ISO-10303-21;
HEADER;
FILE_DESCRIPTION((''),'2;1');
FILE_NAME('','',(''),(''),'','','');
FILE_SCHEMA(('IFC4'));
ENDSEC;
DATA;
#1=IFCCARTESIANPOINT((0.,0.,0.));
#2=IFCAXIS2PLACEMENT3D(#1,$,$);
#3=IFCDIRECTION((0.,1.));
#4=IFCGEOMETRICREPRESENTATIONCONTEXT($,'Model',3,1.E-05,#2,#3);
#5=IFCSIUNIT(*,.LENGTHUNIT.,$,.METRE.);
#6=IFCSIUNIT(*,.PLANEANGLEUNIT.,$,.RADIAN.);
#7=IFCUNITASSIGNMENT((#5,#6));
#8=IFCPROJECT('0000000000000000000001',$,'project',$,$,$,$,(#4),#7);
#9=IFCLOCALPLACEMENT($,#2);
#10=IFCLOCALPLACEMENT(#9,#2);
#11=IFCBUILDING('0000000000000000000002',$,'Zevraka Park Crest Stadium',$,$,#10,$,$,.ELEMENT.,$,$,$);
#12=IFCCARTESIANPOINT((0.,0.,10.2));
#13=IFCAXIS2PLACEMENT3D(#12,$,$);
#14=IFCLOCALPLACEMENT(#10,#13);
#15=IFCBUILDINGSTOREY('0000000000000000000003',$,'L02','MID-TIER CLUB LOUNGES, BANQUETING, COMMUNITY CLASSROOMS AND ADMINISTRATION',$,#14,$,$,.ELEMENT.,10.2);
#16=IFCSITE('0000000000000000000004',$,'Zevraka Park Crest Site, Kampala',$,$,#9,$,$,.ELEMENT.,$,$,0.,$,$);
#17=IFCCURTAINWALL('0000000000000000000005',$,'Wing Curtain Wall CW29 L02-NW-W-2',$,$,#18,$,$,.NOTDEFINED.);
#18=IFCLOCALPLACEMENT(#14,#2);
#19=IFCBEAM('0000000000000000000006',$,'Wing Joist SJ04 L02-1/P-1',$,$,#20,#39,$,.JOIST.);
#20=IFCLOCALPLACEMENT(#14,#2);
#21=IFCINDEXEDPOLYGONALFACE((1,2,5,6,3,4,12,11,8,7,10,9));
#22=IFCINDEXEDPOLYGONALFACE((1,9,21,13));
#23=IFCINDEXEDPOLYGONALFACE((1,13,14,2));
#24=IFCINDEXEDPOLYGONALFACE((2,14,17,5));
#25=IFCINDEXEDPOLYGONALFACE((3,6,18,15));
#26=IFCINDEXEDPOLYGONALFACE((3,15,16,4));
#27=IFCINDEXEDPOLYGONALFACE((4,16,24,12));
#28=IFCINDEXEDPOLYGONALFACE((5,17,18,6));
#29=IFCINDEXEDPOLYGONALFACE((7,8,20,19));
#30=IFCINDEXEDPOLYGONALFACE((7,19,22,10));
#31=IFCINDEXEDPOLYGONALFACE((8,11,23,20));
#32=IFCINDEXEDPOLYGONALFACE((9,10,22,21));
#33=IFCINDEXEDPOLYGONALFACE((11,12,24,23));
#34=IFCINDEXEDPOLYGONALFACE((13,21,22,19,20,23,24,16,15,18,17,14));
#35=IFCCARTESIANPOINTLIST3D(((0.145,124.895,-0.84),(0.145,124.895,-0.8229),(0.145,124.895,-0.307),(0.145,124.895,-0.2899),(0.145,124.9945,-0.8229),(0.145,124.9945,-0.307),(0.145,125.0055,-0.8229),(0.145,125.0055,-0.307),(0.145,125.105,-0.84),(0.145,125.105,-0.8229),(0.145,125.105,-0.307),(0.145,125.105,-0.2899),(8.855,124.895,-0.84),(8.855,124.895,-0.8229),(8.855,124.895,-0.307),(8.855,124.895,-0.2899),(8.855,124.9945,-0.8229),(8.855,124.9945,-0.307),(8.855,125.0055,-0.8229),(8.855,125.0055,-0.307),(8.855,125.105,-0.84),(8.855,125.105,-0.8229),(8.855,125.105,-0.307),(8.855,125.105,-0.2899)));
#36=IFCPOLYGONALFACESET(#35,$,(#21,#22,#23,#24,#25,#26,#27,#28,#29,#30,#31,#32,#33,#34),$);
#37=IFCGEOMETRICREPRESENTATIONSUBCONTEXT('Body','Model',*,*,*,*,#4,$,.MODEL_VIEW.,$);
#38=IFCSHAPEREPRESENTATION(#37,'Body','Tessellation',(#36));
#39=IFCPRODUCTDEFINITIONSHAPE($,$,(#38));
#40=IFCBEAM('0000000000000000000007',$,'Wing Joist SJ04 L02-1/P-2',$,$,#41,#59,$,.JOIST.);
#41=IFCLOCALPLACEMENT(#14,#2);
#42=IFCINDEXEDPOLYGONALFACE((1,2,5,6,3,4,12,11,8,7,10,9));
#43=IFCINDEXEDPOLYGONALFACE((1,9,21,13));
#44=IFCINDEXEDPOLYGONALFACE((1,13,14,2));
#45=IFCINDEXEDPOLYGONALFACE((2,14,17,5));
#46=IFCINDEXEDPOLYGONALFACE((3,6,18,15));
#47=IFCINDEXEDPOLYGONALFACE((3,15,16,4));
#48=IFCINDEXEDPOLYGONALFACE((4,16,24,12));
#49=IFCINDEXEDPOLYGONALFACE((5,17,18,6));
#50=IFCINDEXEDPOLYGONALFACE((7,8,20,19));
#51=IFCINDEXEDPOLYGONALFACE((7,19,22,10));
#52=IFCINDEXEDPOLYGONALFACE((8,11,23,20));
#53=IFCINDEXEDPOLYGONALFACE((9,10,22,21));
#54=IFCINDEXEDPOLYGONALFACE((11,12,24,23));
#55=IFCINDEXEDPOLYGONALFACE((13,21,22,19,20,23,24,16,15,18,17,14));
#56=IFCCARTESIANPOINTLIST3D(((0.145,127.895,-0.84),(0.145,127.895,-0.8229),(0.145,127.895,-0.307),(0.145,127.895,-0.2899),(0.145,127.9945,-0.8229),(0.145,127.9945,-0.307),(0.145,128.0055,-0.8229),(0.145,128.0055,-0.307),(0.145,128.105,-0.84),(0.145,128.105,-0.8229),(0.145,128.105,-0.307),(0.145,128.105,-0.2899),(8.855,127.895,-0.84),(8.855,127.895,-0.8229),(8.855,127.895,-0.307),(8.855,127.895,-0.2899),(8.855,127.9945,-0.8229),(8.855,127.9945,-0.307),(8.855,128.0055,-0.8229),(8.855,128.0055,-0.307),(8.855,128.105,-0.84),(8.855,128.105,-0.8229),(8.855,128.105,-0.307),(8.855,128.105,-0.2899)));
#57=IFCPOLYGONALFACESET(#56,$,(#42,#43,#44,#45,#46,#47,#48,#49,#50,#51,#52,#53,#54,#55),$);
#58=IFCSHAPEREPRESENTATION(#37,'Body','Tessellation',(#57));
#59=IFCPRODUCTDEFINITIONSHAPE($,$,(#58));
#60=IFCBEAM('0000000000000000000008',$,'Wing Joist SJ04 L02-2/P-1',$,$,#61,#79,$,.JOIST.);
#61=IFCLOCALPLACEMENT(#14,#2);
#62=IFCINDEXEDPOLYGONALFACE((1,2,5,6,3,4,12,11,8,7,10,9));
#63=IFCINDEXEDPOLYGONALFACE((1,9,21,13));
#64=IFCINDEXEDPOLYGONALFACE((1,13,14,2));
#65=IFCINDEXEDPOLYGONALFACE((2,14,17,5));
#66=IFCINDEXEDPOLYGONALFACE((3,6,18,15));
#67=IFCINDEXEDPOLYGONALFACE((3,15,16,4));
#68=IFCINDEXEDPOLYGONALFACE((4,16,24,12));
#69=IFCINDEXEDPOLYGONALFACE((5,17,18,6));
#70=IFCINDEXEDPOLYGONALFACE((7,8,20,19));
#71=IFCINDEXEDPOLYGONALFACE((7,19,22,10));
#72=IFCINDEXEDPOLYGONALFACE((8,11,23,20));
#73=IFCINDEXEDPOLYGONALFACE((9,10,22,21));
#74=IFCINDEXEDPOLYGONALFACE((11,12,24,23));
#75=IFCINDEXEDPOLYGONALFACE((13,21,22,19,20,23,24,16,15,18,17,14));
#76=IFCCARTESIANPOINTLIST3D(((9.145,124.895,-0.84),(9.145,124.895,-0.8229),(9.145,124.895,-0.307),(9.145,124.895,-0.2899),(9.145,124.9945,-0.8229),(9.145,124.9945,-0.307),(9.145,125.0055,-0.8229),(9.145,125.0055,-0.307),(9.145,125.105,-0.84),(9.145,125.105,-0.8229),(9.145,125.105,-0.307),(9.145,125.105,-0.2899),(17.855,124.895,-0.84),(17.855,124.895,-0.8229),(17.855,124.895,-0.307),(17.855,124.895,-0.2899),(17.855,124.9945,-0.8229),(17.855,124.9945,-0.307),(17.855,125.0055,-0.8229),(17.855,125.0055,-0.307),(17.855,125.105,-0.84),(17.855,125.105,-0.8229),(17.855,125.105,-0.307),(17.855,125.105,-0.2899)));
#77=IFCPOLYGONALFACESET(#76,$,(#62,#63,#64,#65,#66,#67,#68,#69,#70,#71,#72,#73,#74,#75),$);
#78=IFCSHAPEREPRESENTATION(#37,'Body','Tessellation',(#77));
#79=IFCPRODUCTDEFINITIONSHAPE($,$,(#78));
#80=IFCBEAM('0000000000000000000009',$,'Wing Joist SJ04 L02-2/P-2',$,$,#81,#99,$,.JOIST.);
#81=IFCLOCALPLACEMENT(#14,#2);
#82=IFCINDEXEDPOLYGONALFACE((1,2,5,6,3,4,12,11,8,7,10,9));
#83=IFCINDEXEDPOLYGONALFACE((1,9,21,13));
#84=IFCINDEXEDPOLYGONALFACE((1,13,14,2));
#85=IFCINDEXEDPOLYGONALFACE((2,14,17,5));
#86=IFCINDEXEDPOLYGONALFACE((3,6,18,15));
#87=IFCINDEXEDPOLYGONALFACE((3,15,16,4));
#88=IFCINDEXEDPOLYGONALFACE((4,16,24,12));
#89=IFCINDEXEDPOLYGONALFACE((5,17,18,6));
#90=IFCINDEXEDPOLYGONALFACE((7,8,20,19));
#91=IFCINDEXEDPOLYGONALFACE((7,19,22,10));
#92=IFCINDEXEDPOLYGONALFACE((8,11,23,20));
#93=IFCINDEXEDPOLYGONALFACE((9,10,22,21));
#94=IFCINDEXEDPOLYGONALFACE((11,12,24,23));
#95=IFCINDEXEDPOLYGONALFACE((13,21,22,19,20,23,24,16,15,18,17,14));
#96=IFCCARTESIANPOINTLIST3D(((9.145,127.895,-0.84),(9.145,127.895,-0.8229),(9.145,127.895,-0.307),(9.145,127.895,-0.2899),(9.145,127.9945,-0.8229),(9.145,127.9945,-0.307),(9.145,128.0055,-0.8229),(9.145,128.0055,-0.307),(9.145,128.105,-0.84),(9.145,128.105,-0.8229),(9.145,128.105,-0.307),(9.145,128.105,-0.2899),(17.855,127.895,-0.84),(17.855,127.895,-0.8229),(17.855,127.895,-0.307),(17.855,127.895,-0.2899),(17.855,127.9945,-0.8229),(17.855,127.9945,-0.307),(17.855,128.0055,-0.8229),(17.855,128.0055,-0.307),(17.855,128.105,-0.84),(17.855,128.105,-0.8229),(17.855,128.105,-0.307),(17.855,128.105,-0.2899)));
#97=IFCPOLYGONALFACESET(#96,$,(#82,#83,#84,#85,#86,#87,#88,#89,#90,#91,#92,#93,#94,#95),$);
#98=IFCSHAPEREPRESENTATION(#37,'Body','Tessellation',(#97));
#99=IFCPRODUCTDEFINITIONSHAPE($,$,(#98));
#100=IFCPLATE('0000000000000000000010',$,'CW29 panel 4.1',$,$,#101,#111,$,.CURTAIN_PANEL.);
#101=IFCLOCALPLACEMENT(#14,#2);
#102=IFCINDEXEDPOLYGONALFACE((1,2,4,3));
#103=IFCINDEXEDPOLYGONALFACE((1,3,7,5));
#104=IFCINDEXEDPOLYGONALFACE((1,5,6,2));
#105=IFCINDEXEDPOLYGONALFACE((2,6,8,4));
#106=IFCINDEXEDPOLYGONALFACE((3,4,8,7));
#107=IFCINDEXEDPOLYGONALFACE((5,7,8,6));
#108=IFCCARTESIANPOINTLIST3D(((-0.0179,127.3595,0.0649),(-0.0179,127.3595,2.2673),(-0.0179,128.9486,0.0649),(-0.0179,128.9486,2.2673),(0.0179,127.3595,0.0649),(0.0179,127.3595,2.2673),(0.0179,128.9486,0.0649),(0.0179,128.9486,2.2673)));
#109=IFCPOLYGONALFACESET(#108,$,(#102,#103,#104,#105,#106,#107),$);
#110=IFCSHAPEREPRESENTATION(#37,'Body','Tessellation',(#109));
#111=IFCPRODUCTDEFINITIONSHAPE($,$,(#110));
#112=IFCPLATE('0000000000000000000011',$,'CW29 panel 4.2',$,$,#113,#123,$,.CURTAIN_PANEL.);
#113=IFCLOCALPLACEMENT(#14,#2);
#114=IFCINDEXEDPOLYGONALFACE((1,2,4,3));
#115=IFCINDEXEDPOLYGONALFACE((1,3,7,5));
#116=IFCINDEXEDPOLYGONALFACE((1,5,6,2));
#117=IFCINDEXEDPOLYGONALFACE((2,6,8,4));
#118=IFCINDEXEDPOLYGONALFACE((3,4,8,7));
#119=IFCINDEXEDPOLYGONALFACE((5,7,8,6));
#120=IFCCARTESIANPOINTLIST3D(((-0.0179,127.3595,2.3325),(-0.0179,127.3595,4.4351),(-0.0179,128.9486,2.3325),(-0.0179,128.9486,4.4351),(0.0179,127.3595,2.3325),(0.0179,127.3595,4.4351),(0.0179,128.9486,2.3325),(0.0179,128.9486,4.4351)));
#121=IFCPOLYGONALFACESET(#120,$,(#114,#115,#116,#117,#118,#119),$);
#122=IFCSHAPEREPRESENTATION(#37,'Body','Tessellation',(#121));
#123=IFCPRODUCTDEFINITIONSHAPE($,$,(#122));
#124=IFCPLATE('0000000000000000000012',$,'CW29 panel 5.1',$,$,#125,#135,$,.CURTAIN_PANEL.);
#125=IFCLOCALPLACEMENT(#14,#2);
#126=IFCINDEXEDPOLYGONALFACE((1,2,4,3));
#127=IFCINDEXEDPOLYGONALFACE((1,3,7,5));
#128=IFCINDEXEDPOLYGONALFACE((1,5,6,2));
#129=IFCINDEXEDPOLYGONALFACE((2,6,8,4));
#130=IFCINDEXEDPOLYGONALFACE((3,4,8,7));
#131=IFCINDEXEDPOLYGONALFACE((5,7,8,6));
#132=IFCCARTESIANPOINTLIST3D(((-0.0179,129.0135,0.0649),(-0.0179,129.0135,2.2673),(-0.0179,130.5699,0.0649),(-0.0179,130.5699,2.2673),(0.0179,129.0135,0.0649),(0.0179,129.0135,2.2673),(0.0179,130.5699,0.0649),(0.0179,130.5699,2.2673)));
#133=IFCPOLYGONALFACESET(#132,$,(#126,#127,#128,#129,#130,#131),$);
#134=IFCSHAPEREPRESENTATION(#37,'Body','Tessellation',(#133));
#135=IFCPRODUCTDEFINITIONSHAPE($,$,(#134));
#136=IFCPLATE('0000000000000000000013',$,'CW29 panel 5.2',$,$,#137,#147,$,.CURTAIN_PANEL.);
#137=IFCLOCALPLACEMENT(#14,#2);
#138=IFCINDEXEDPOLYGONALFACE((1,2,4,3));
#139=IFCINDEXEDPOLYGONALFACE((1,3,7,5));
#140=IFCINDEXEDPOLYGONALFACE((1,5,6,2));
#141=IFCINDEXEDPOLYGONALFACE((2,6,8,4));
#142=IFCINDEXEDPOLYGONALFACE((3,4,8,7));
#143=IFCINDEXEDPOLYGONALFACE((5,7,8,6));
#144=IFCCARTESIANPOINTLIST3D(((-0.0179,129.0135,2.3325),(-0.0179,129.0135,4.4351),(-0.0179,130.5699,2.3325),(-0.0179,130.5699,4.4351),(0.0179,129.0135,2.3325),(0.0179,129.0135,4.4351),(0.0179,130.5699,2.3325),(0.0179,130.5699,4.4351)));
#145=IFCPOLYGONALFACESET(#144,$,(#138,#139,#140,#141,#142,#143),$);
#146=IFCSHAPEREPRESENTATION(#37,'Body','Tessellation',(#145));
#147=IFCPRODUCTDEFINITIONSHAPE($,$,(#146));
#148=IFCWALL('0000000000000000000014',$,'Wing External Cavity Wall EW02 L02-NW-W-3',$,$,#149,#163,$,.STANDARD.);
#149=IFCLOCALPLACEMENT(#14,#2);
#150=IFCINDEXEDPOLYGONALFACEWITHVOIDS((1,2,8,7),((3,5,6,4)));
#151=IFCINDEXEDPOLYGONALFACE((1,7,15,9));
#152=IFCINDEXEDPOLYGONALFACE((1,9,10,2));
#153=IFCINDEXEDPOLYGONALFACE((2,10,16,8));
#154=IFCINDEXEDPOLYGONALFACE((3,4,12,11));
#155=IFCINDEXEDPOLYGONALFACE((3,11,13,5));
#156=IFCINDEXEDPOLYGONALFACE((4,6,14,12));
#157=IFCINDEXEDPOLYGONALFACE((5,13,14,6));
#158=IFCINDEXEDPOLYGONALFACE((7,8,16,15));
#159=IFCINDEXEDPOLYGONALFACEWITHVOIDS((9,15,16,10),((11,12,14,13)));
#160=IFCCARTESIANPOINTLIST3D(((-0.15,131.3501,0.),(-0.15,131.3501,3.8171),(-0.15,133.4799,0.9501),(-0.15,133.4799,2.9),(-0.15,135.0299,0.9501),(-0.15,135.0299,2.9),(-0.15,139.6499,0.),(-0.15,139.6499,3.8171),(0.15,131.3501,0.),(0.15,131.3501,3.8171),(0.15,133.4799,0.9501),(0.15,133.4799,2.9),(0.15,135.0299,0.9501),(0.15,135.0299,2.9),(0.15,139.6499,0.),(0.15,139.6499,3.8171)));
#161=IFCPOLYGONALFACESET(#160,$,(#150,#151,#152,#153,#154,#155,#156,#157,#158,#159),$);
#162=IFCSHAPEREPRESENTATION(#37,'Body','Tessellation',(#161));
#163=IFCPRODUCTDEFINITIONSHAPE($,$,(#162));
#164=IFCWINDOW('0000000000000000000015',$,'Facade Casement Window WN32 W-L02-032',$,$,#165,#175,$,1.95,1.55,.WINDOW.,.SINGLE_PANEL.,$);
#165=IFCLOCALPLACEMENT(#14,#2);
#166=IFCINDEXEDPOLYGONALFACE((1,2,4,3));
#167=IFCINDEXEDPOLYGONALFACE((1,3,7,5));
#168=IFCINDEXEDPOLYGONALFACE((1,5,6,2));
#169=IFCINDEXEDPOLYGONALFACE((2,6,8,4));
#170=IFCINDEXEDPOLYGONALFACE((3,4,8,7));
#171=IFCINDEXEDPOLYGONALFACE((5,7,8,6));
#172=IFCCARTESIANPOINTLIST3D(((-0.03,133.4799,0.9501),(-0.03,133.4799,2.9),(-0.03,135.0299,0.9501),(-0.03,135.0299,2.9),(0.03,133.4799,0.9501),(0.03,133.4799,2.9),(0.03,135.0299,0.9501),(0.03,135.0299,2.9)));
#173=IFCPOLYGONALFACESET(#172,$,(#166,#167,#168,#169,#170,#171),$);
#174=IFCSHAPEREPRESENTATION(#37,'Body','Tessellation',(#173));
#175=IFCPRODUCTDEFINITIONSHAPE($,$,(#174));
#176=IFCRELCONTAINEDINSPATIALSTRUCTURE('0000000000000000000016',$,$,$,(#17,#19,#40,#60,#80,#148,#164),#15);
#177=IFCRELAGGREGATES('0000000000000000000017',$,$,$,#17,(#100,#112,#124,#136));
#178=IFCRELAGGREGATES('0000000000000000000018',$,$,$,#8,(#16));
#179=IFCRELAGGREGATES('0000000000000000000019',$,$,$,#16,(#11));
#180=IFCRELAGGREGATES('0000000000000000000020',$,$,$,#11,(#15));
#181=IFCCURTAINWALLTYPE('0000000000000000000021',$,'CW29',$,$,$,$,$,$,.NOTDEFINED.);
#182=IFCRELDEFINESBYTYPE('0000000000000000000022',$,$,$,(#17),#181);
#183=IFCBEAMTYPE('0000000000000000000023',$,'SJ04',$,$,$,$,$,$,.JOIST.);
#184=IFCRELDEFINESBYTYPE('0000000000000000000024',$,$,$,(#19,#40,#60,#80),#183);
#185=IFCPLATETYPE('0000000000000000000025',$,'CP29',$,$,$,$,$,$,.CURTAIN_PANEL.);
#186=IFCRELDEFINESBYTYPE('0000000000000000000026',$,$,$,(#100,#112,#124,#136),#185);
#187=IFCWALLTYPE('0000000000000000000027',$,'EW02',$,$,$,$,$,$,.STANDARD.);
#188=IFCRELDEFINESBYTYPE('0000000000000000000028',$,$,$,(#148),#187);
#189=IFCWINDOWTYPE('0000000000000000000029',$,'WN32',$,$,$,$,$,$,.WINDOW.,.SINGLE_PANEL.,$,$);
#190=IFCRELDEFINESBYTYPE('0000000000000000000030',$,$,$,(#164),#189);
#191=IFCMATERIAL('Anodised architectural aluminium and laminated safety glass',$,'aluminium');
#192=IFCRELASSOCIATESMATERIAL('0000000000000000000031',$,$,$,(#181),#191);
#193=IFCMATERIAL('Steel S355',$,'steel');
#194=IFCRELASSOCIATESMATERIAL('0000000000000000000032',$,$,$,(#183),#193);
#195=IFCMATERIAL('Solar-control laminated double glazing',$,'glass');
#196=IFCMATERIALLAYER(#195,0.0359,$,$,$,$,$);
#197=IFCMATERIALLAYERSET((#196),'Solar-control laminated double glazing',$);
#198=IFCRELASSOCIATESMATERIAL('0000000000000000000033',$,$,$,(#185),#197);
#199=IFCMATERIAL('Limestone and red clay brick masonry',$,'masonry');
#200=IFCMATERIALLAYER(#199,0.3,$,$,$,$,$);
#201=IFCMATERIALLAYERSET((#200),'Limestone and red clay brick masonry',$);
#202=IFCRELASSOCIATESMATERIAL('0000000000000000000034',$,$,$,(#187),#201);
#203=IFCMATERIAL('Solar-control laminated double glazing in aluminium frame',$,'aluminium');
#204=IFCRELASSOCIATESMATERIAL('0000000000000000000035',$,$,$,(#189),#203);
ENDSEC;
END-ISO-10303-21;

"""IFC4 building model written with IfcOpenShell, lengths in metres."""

from ifc_helpers import new_model, si_unit, direction, frame, frame_2d, origin, origin_2d, place, context, subcontext, project, spatial, rectangle, i_section, extrude, material, layer, layer_set, material_profile, profile_set, type_object, element, fill, aggregate, save


model = new_model("IFC4")

# Units and contexts
model_context = context("Model", 3, precision=1e-05, world=origin(), true_north=direction((0.0, 1.0)))
body_context = subcontext(model_context, "Body", "Model", "MODEL_VIEW")
ifc_project = project(units=[si_unit("LENGTHUNIT", "METRE"), si_unit("PLANEANGLEUNIT", "RADIAN")], contexts=[model_context])

# Site, building, storey
site_placement = place(None, origin())
site = spatial("IfcSite", under=ifc_project, at=site_placement, Name="Zevraka Park Crest Site, Kampala", CompositionType="ELEMENT", RefElevation=0.0)
building_placement = place(site_placement, origin())
building = spatial("IfcBuilding", under=site, at=building_placement, Name="Zevraka Park Crest Stadium", CompositionType="ELEMENT")
storey_placement = place(building_placement, frame((0.0, 0.0, 10.2)))
storey = spatial("IfcBuildingStorey", under=building, at=storey_placement, Name="L02", Description="MID-TIER CLUB LOUNGES, BANQUETING, COMMUNITY CLASSROOMS AND ADMINISTRATION", CompositionType="ELEMENT", Elevation=10.2)

# Curtain wall
ifc_material_1 = material(Name="Anodised architectural aluminium and laminated safety glass", Category="aluminium")
curtain_wall_type = type_object("IfcCurtainWallType", Name="CW29", PredefinedType="NOTDEFINED", material=ifc_material_1)
curtain_wall_placement = place(storey_placement, origin())
curtain_wall = element("IfcCurtainWall", 1, at=curtain_wall_placement, inside=storey, type_object=curtain_wall_type, Name="Wing Curtain Wall CW29 L02-NW-W-2", PredefinedType="NOTDEFINED")

# Beams
ifc_material_2 = material(Name="Steel S355", Category="steel")
ifc_material_profile_1 = material_profile(ifc_material_2, i_section(OverallWidth=0.21, OverallDepth=0.55, WebThickness=0.011, FlangeThickness=0.0171, at=origin_2d()), Name="IPE 550")
ifc_profile_set_1 = profile_set([ifc_material_profile_1], Name="Steel S355")
beam_type_1 = type_object("IfcBeamType", Name="SJ04", PredefinedType="JOIST", material=ifc_profile_set_1)
for number, where, z_axis, x_axis, name in (
    (2, (0.145, 125.0, -0.5649), (1.0, 0.0, 0.0), (0.0, 1.0, 0.0), "Wing Joist SJ04 L02-1/P-1"),
    (3, (0.145, 128.0, -0.5649), (1.0, 0.0, 0.0), (0.0, 1.0, 0.0), "Wing Joist SJ04 L02-1/P-2"),
    (4, (9.145, 125.0, -0.5649), (1.0, 0.0, 0.0), (0.0, 1.0, 0.0), "Wing Joist SJ04 L02-2/P-1"),
    (5, (9.145, 128.0, -0.5649), (1.0, 0.0, 0.0), (0.0, 1.0, 0.0), "Wing Joist SJ04 L02-2/P-2"),
):
    element("IfcBeam", number, at=place(storey_placement, frame(where, z_axis=z_axis, x_axis=x_axis)), inside=storey, type_object=beam_type_1, Name=name, PredefinedType="JOIST", context=body_context, shape_type="SweptSolid", body=[
        extrude(i_section(OverallWidth=0.21, OverallDepth=0.55, WebThickness=0.011, FlangeThickness=0.0171, at=origin_2d()), origin(), (0.0, 0.0, 1.0), 8.71),
    ])

# Plates
ifc_material_3 = material(Name="Solar-control laminated double glazing", Category="glass")
ifc_layer_1 = layer(ifc_material_3, 0.0359)
ifc_layer_set_1 = layer_set([ifc_layer_1], Name="Solar-control laminated double glazing")
plate_type = type_object("IfcPlateType", Name="CP29", PredefinedType="CURTAIN_PANEL", material=ifc_layer_set_1)
plate_1_placement = place(storey_placement, frame((0.0, 128.1541, 0.0649), z_axis=(0.0, 0.0, 1.0), x_axis=(0.0, 1.0, 0.0)))
plate_1 = element("IfcPlate", 6, at=plate_1_placement, type_object=plate_type, Name="CW29 panel 4.1", PredefinedType="CURTAIN_PANEL", context=body_context, shape_type="SweptSolid", body=[
    extrude(rectangle(XDim=1.5891, YDim=0.0359, at=origin_2d()), origin(), (0.0, 0.0, 1.0), 2.2024),
])
plate_2_placement = place(storey_placement, frame((0.0, 128.1541, 2.3325), z_axis=(0.0, 0.0, 1.0), x_axis=(0.0, 1.0, 0.0)))
plate_2 = element("IfcPlate", 7, at=plate_2_placement, type_object=plate_type, Name="CW29 panel 4.2", PredefinedType="CURTAIN_PANEL", context=body_context, shape_type="SweptSolid", body=[
    extrude(rectangle(XDim=1.5891, YDim=0.0359, at=origin_2d()), origin(), (0.0, 0.0, 1.0), 2.1025),
])
plate_3_placement = place(storey_placement, frame((0.0, 129.7917, 0.0649), z_axis=(0.0, 0.0, 1.0), x_axis=(0.0, 1.0, 0.0)))
plate_3 = element("IfcPlate", 8, at=plate_3_placement, type_object=plate_type, Name="CW29 panel 5.1", PredefinedType="CURTAIN_PANEL", context=body_context, shape_type="SweptSolid", body=[
    extrude(rectangle(XDim=1.5564, YDim=0.0359, at=origin_2d()), origin(), (0.0, 0.0, 1.0), 2.2024),
])
plate_4_placement = place(storey_placement, frame((0.0, 129.7917, 2.3325), z_axis=(0.0, 0.0, 1.0), x_axis=(0.0, 1.0, 0.0)))
plate_4 = element("IfcPlate", 9, at=plate_4_placement, type_object=plate_type, Name="CW29 panel 5.2", PredefinedType="CURTAIN_PANEL", context=body_context, shape_type="SweptSolid", body=[
    extrude(rectangle(XDim=1.5564, YDim=0.0359, at=origin_2d()), origin(), (0.0, 0.0, 1.0), 2.1025),
])
aggregate(curtain_wall, [plate_1, plate_2, plate_3, plate_4])

# Wall, opening, window
ifc_material_4 = material(Name="Limestone and red clay brick masonry", Category="masonry")
ifc_layer_2 = layer(ifc_material_4, 0.3)
ifc_layer_set_2 = layer_set([ifc_layer_2], Name="Limestone and red clay brick masonry")
wall_type = type_object("IfcWallType", Name="EW02", PredefinedType="STANDARD", material=ifc_layer_set_2)
wall_placement = place(storey_placement, frame((0.0, 131.3501, 0.0), z_axis=(0.0, 0.0, 1.0), x_axis=(0.0, 1.0, 0.0)))
wall = element("IfcWall", 10, at=wall_placement, inside=storey, type_object=wall_type, Name="Wing External Cavity Wall EW02 L02-NW-W-3", PredefinedType="STANDARD", context=body_context, shape_type="SweptSolid", body=[
    extrude(rectangle(XDim=8.2998, YDim=0.3, at=frame_2d((4.1499, 0.0))), origin(), (0.0, 0.0, 1.0), 3.8171),
])
opening_placement = place(wall_placement, frame((2.1299, 0.0, 0.95)))
opening = element("IfcOpeningElement", 11, at=opening_placement, cuts=wall, PredefinedType="OPENING", context=body_context, shape_type="SweptSolid", body=[
    extrude(rectangle(XDim=1.55, YDim=1.95, at=frame_2d((0.7749, 0.9751))), frame((0.0, 0.1599, 0.0), z_axis=(0.0, -1.0, 0.0), x_axis=(1.0, 0.0, 0.0)), (0.0, 0.0, 1.0), 0.3201),
])
ifc_material_5 = material(Name="Solar-control laminated double glazing in aluminium frame", Category="aluminium")
window_type = type_object("IfcWindowType", Name="WN32", PartitioningType="SINGLE_PANEL", PredefinedType="WINDOW", material=ifc_material_5)
window_placement = place(opening_placement, origin())
window = element("IfcWindow", 12, at=window_placement, inside=storey, type_object=window_type, Name="Facade Casement Window WN32 W-L02-032", OverallHeight=1.95, OverallWidth=1.55, PartitioningType="SINGLE_PANEL", PredefinedType="WINDOW", context=body_context, shape_type="SweptSolid", body=[
    extrude(rectangle(XDim=1.55, YDim=1.95, at=frame_2d((0.7749, 0.9751))), frame((0.0, 0.03, 0.0), z_axis=(0.0, -1.0, 0.0), x_axis=(1.0, 0.0, 0.0)), (0.0, 0.0, 1.0), 0.0601),
])
fill(opening, window)

save(model, "model.ifc")
